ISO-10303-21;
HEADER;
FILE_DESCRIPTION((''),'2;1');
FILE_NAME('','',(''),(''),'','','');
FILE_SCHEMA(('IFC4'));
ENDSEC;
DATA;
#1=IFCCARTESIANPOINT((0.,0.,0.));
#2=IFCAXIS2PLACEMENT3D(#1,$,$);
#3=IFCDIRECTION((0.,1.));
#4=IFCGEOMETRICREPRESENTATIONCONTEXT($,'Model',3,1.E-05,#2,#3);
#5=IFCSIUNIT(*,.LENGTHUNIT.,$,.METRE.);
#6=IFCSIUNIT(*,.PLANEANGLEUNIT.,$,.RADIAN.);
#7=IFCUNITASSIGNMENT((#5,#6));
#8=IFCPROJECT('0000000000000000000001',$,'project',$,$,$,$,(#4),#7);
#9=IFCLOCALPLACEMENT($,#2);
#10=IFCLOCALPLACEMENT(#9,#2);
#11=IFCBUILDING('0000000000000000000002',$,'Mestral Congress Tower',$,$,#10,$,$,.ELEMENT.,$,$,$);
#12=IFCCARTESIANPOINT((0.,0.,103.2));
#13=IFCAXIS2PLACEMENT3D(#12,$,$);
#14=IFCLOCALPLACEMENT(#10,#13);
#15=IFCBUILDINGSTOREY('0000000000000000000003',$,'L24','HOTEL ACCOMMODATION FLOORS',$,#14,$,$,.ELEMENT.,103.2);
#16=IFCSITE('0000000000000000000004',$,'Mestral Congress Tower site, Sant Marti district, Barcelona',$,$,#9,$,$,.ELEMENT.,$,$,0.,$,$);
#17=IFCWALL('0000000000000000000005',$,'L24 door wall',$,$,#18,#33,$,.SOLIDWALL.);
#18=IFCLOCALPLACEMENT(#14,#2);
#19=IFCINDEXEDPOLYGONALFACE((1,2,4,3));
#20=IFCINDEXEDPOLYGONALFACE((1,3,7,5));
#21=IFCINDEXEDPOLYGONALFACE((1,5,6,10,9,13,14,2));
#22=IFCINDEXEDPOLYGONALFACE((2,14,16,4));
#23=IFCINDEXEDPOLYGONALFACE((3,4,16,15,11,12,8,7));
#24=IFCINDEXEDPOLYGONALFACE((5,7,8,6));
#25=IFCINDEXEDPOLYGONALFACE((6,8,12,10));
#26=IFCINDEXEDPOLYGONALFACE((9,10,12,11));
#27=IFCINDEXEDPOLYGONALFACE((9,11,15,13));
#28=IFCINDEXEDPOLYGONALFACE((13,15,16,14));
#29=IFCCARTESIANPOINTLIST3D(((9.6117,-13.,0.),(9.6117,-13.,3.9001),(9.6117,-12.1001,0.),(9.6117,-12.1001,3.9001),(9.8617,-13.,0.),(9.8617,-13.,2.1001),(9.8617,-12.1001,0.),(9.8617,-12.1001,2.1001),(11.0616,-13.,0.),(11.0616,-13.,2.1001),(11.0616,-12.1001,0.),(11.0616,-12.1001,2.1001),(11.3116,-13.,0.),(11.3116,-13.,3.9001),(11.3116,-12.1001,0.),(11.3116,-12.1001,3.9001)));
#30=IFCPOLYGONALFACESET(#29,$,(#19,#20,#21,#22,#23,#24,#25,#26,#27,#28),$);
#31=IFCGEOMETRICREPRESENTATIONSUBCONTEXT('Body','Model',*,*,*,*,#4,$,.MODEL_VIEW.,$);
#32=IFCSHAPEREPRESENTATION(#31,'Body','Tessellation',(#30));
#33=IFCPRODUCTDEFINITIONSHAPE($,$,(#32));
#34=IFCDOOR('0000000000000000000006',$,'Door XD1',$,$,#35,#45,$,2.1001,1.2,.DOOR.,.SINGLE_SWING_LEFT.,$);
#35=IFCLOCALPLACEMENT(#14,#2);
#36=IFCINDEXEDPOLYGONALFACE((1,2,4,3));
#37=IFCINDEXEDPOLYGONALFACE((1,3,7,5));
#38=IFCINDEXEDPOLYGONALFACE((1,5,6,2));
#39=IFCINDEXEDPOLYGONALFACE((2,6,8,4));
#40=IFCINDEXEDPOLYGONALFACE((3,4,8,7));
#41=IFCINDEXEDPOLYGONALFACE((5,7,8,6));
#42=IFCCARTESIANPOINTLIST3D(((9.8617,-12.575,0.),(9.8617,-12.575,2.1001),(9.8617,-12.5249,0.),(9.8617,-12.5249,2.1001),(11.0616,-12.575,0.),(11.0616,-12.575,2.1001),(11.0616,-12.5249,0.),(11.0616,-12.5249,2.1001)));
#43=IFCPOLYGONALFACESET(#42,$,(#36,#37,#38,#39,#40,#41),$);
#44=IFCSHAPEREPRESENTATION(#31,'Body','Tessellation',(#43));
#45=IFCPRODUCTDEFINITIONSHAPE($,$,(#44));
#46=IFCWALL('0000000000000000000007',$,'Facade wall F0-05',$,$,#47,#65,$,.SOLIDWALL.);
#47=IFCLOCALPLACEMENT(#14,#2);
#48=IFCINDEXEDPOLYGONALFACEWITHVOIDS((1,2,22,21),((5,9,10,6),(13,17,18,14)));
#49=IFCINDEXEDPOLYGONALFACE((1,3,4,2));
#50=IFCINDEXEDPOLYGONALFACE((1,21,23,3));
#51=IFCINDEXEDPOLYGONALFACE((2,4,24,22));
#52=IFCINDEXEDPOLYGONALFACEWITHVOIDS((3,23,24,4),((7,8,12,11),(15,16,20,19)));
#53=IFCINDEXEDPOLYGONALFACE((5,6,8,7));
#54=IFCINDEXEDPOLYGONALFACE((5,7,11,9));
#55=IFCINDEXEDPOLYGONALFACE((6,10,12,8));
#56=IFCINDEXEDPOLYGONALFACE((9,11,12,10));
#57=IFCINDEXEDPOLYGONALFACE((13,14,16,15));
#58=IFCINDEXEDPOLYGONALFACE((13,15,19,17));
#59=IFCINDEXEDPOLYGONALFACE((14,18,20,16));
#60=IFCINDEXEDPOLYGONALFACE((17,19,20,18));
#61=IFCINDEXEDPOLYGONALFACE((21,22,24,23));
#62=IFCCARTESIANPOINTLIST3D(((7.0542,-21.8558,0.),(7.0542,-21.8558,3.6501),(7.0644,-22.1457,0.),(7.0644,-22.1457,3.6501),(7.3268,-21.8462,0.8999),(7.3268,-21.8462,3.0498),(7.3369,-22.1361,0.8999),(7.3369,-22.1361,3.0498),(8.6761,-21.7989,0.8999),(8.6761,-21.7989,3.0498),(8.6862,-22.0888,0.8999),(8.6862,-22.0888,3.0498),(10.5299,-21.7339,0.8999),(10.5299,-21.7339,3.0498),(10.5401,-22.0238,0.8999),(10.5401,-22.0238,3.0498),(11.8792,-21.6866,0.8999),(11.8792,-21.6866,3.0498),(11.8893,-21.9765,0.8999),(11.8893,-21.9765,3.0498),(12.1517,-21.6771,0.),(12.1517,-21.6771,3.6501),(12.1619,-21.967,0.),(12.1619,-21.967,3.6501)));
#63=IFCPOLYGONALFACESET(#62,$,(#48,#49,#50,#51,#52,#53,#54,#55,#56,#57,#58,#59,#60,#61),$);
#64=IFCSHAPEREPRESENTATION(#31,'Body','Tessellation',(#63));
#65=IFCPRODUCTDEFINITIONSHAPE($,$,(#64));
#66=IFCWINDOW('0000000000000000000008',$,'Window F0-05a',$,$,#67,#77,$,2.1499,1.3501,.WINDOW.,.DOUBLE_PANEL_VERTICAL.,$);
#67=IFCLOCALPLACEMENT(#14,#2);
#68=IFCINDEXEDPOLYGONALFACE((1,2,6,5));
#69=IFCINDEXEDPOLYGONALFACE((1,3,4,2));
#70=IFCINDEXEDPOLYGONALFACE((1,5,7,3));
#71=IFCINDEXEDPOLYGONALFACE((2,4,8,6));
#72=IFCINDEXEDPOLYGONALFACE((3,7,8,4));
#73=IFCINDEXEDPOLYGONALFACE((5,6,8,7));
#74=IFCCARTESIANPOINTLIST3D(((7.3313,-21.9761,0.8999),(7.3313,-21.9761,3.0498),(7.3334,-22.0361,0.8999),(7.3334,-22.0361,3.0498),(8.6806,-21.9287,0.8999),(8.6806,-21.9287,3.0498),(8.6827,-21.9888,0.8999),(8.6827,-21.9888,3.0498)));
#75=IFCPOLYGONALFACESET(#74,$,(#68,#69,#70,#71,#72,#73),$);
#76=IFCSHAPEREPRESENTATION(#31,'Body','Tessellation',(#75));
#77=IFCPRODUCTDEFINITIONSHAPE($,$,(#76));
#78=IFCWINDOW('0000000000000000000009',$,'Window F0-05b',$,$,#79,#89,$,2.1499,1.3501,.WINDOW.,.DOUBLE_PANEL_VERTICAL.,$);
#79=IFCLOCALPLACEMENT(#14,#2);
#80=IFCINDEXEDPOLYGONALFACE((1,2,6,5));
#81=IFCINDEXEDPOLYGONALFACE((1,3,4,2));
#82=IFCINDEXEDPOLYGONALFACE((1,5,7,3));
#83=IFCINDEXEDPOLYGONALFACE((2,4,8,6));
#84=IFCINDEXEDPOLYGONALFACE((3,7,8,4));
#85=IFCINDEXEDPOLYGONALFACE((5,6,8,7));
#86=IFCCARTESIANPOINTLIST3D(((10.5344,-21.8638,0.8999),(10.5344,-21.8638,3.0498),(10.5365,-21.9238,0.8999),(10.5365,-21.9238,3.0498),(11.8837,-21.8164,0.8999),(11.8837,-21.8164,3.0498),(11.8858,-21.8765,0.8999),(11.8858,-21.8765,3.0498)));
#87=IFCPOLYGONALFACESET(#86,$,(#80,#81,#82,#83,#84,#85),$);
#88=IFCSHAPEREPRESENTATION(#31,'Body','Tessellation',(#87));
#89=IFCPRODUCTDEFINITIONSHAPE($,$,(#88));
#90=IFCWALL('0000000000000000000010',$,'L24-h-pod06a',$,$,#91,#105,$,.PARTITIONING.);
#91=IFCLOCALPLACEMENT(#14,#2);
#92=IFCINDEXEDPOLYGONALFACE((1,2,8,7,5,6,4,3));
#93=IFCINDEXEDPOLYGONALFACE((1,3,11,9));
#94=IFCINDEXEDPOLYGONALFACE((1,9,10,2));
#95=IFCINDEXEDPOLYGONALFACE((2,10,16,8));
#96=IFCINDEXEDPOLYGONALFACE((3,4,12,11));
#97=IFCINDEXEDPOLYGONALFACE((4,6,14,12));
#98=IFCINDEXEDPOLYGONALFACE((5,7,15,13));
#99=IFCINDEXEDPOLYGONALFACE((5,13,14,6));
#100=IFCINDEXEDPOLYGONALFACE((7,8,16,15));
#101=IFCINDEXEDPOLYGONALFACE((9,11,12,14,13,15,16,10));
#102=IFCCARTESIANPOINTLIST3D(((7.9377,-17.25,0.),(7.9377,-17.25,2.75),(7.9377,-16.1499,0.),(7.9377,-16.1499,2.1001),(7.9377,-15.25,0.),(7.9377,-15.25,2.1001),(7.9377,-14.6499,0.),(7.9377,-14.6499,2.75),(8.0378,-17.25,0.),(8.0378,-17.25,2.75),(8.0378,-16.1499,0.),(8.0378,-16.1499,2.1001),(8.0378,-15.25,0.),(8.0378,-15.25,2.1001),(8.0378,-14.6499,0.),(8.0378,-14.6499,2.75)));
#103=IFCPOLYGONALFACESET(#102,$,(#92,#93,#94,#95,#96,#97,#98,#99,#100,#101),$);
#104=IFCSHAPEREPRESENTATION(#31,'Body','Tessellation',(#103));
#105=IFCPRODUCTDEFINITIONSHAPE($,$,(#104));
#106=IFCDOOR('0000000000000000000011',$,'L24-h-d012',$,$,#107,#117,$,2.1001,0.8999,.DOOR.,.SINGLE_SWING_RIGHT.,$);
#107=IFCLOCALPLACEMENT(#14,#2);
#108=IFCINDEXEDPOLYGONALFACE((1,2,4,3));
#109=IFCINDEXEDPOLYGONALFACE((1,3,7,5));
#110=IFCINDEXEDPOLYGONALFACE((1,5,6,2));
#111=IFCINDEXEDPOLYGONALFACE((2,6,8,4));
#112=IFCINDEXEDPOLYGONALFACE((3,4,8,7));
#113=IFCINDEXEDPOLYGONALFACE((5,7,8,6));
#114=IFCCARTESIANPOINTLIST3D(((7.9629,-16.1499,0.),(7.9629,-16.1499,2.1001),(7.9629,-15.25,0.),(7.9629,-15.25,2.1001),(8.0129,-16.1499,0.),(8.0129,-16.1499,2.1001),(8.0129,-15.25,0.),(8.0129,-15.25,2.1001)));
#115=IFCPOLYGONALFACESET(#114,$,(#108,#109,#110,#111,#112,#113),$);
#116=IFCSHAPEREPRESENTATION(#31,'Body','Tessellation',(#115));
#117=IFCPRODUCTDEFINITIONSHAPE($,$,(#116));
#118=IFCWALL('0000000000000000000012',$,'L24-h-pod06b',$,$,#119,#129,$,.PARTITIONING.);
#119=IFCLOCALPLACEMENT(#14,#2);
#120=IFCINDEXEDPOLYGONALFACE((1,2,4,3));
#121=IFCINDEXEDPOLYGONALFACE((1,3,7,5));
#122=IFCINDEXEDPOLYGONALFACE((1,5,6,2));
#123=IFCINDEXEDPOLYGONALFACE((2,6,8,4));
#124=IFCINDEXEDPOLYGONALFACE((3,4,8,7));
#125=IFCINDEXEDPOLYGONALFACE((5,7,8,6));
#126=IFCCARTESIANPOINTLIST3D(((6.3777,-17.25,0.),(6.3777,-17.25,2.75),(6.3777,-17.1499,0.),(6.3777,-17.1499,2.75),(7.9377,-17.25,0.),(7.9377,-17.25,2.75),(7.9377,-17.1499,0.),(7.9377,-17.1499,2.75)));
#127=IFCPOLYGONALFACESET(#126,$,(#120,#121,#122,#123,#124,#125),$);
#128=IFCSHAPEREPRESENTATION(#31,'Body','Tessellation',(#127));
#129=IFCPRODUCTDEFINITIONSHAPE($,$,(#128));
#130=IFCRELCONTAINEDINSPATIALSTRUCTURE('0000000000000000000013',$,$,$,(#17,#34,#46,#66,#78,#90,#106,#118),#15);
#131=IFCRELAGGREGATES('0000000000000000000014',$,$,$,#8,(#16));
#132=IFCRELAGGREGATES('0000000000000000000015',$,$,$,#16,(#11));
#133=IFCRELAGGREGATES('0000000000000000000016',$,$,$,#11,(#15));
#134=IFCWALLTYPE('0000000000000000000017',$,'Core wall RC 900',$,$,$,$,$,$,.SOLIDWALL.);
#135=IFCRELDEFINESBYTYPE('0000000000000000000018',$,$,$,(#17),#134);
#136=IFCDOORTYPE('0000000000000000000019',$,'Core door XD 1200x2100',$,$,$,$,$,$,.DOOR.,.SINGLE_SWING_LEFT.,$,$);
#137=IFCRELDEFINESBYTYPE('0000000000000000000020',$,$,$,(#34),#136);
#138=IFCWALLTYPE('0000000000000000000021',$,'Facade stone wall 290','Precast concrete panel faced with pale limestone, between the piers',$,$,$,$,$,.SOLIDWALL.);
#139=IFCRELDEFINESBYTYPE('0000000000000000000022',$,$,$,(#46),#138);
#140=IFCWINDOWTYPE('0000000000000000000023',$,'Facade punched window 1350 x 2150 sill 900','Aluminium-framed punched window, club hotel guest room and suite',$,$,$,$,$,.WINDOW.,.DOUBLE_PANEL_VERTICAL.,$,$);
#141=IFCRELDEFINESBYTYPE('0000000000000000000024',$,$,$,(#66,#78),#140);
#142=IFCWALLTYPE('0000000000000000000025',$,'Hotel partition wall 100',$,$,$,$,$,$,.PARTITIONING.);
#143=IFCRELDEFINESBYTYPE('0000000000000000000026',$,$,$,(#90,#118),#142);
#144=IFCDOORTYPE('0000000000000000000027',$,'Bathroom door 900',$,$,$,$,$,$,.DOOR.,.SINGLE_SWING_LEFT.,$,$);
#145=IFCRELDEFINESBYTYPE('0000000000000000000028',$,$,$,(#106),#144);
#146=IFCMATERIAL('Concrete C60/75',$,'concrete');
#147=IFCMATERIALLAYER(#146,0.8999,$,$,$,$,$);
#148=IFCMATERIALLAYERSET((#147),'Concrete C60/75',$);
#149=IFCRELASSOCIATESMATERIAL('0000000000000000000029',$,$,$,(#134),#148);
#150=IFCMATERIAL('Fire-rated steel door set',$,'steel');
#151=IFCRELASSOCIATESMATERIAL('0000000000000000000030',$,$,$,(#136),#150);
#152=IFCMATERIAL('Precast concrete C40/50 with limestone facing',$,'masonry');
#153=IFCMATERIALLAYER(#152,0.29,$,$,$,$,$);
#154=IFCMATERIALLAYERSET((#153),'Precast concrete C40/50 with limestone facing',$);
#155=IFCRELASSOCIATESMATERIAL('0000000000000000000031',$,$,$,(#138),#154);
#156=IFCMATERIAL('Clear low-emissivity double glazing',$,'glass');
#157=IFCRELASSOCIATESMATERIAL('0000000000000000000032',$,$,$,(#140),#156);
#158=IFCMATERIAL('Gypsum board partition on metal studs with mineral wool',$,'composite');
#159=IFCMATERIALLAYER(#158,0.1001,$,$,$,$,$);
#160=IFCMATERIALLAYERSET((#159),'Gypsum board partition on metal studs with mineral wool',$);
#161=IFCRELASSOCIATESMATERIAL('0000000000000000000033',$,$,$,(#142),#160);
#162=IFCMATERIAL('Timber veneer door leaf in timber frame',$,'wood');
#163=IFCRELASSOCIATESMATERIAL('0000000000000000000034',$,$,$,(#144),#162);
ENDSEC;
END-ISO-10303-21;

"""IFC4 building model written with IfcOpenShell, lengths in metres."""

from ifc_helpers import new_model, si_unit, direction, frame, frame_2d, origin, place, context, subcontext, project, spatial, rectangle, extrude, material, layer, layer_set, type_object, element, fill, save


model = new_model("IFC4")

# Units and contexts
model_context = context("Model", 3, precision=1e-05, world=origin(), true_north=direction((0.0, 1.0)))
body_context = subcontext(model_context, "Body", "Model", "MODEL_VIEW")
ifc_project = project(units=[si_unit("LENGTHUNIT", "METRE"), si_unit("PLANEANGLEUNIT", "RADIAN")], contexts=[model_context])

# Site, building, storey
site_placement = place(None, origin())
site = spatial("IfcSite", under=ifc_project, at=site_placement, Name="Mestral Congress Tower site, Sant Marti district, Barcelona", CompositionType="ELEMENT", RefElevation=0.0)
building_placement = place(site_placement, origin())
building = spatial("IfcBuilding", under=site, at=building_placement, Name="Mestral Congress Tower", CompositionType="ELEMENT")
storey_placement = place(building_placement, frame((0.0, 0.0, 103.2)))
storey = spatial("IfcBuildingStorey", under=building, at=storey_placement, Name="L24", Description="HOTEL ACCOMMODATION FLOORS", CompositionType="ELEMENT", Elevation=103.2)

# Shared definitions
ifc_material_1 = material(Name="Concrete C60/75", Category="concrete")
ifc_layer_1 = layer(ifc_material_1, 0.8999)
ifc_layer_set_1 = layer_set([ifc_layer_1], Name="Concrete C60/75")
wall_type_1 = type_object("IfcWallType", Name="Core wall RC 900", PredefinedType="SOLIDWALL", material=ifc_layer_set_1)

# Wall, opening, door
wall_1_placement = place(storey_placement, frame((11.3118, -12.55, 0.0), z_axis=(0.0, 0.0, 1.0), x_axis=(-1.0, 0.0, 0.0)))
wall_1 = element("IfcWall", 1, at=wall_1_placement, inside=storey, type_object=wall_type_1, Name="L24 door wall", PredefinedType="SOLIDWALL", context=body_context, shape_type="SweptSolid", body=[
    extrude(rectangle(XDim=1.7, YDim=0.8999, at=frame_2d((0.8501, 0.0))), origin(), (0.0, 0.0, 1.0), 3.9001),
])
opening_1_placement = place(wall_1_placement, frame((0.25, 0.0, 0.0)))
opening_1 = element("IfcOpeningElement", 2, at=opening_1_placement, cuts=wall_1, PredefinedType="OPENING", context=body_context, shape_type="SweptSolid", body=[
    extrude(rectangle(XDim=1.2, YDim=2.1001, at=frame_2d((0.6001, 1.05))), frame((0.0, 0.46, 0.0), z_axis=(0.0, -1.0, 0.0), x_axis=(1.0, 0.0, 0.0)), (0.0, 0.0, 1.0), 0.9199),
])
ifc_material_2 = material(Name="Fire-rated steel door set", Category="steel")
door_type_1 = type_object("IfcDoorType", Name="Core door XD 1200x2100", OperationType="SINGLE_SWING_LEFT", PredefinedType="DOOR", material=ifc_material_2)
door_1_placement = place(opening_1_placement, origin())
door_1 = element("IfcDoor", 3, at=door_1_placement, inside=storey, type_object=door_type_1, Name="Door XD1", OperationType="SINGLE_SWING_LEFT", OverallHeight=2.1001, OverallWidth=1.2, PredefinedType="DOOR", context=body_context, shape_type="SweptSolid", body=[
    extrude(rectangle(XDim=1.2, YDim=2.1001, at=frame_2d((0.6001, 1.05))), frame((0.0, 0.0249, 0.0), z_axis=(0.0, -1.0, 0.0), x_axis=(1.0, 0.0, 0.0)), (0.0, 0.0, 1.0), 0.05),
])
fill(opening_1, door_1)

# Wall, openings, windows
ifc_material_3 = material(Name="Precast concrete C40/50 with limestone facing", Category="masonry")
ifc_layer_2 = layer(ifc_material_3, 0.29)
ifc_layer_set_2 = layer_set([ifc_layer_2], Name="Precast concrete C40/50 with limestone facing")
wall_type_2 = type_object("IfcWallType", Name="Facade stone wall 290", Description="Precast concrete panel faced with pale limestone, between the piers", PredefinedType="SOLIDWALL", material=ifc_layer_set_2)
wall_2_placement = place(storey_placement, frame((7.0593, -22.0007, 0.0), z_axis=(0.0, 0.0, 1.0), x_axis=(0.999386, 0.035038, 0.0)))
wall_2 = element("IfcWall", 4, at=wall_2_placement, inside=storey, type_object=wall_type_2, Name="Facade wall F0-05", PredefinedType="SOLIDWALL", context=body_context, shape_type="SweptSolid", body=[
    extrude(rectangle(XDim=5.1006, YDim=0.29, at=frame_2d((2.5503, 0.0))), origin(), (0.0, 0.0, 1.0), 3.6501),
])
opening_2_placement = place(wall_2_placement, frame((0.2727, 0.0, 0.8999)))
opening_2 = element("IfcOpeningElement", 5, at=opening_2_placement, cuts=wall_2, PredefinedType="OPENING", context=body_context, shape_type="SweptSolid", body=[
    extrude(rectangle(XDim=1.3501, YDim=2.1499, at=frame_2d((0.675, 1.075))), frame((0.0, 0.155, 0.0), z_axis=(0.0, -1.0, 0.0), x_axis=(1.0, 0.0, 0.0)), (0.0, 0.0, 1.0), 0.3101),
])
opening_3_placement = place(wall_2_placement, frame((3.4778, 0.0, 0.8999)))
opening_3 = element("IfcOpeningElement", 6, at=opening_3_placement, cuts=wall_2, PredefinedType="OPENING", context=body_context, shape_type="SweptSolid", body=[
    extrude(rectangle(XDim=1.3501, YDim=2.1499, at=frame_2d((0.675, 1.075))), frame((0.0, 0.155, 0.0), z_axis=(0.0, -1.0, 0.0), x_axis=(1.0, 0.0, 0.0)), (0.0, 0.0, 1.0), 0.3101),
])
ifc_material_4 = material(Name="Clear low-emissivity double glazing", Category="glass")
window_type = type_object("IfcWindowType", Name="Facade punched window 1350 x 2150 sill 900", Description="Aluminium-framed punched window, club hotel guest room and suite", PartitioningType="DOUBLE_PANEL_VERTICAL", PredefinedType="WINDOW", material=ifc_material_4)
window_1_placement = place(opening_2_placement, origin())
window_1 = element("IfcWindow", 7, at=window_1_placement, inside=storey, type_object=window_type, Name="Window F0-05a", OverallHeight=2.1499, OverallWidth=1.3501, PartitioningType="DOUBLE_PANEL_VERTICAL", PredefinedType="WINDOW", context=body_context, shape_type="SweptSolid", body=[
    extrude(rectangle(XDim=1.3501, YDim=2.1499, at=frame_2d((0.675, 1.075))), frame((0.0, 0.0151, 0.0), z_axis=(0.0, -1.0, 0.0), x_axis=(1.0, 0.0, 0.0)), (0.0, 0.0, 1.0), 0.0601),
])
fill(opening_2, window_1)
window_2_placement = place(opening_3_placement, origin())
window_2 = element("IfcWindow", 8, at=window_2_placement, inside=storey, type_object=window_type, Name="Window F0-05b", OverallHeight=2.1499, OverallWidth=1.3501, PartitioningType="DOUBLE_PANEL_VERTICAL", PredefinedType="WINDOW", context=body_context, shape_type="SweptSolid", body=[
    extrude(rectangle(XDim=1.3501, YDim=2.1499, at=frame_2d((0.675, 1.075))), frame((0.0, 0.0151, 0.0), z_axis=(0.0, -1.0, 0.0), x_axis=(1.0, 0.0, 0.0)), (0.0, 0.0, 1.0), 0.0601),
])
fill(opening_3, window_2)

# Wall, opening, door
ifc_material_5 = material(Name="Gypsum board partition on metal studs with mineral wool", Category="composite")
ifc_layer_3 = layer(ifc_material_5, 0.1001)
ifc_layer_set_3 = layer_set([ifc_layer_3], Name="Gypsum board partition on metal studs with mineral wool")
wall_type_3 = type_object("IfcWallType", Name="Hotel partition wall 100", PredefinedType="PARTITIONING", material=ifc_layer_set_3)
wall_3_placement = place(storey_placement, frame((7.9878, -17.25, 0.0), z_axis=(0.0, 0.0, 1.0), x_axis=(0.0, 1.0, 0.0)))
wall_3 = element("IfcWall", 9, at=wall_3_placement, inside=storey, type_object=wall_type_3, Name="L24-h-pod06a", PredefinedType="PARTITIONING", context=body_context, shape_type="SweptSolid", body=[
    extrude(rectangle(XDim=2.6001, YDim=0.1001, at=frame_2d((1.3, 0.0))), origin(), (0.0, 0.0, 1.0), 2.75),
])
opening_4_placement = place(wall_3_placement, frame((1.1001, 0.0, 0.0)))
opening_4 = element("IfcOpeningElement", 10, at=opening_4_placement, cuts=wall_3, PredefinedType="OPENING", context=body_context, shape_type="SweptSolid", body=[
    extrude(rectangle(XDim=0.8999, YDim=2.1001, at=frame_2d((0.45, 1.05))), frame((0.0, 0.0601, 0.0), z_axis=(0.0, -1.0, 0.0), x_axis=(1.0, 0.0, 0.0)), (0.0, 0.0, 1.0), 0.1201),
])
ifc_material_6 = material(Name="Timber veneer door leaf in timber frame", Category="wood")
door_type_2 = type_object("IfcDoorType", Name="Bathroom door 900", OperationType="SINGLE_SWING_LEFT", PredefinedType="DOOR", material=ifc_material_6)
door_2_placement = place(opening_4_placement, origin())
door_2 = element("IfcDoor", 11, at=door_2_placement, inside=storey, type_object=door_type_2, Name="L24-h-d012", OperationType="SINGLE_SWING_RIGHT", OverallHeight=2.1001, OverallWidth=0.8999, PredefinedType="DOOR", context=body_context, shape_type="SweptSolid", body=[
    extrude(rectangle(XDim=0.8999, YDim=2.1001, at=frame_2d((0.45, 1.05))), frame((0.0, 0.0249, 0.0), z_axis=(0.0, -1.0, 0.0), x_axis=(1.0, 0.0, 0.0)), (0.0, 0.0, 1.0), 0.05),
])
fill(opening_4, door_2)

# Wall
wall_4_placement = place(storey_placement, frame((7.9377, -17.2, 0.0), z_axis=(0.0, 0.0, 1.0), x_axis=(-1.0, 0.0, 0.0)))
element("IfcWall", 12, at=wall_4_placement, inside=storey, type_object=wall_type_3, Name="L24-h-pod06b", PredefinedType="PARTITIONING", context=body_context, shape_type="SweptSolid", body=[
    extrude(rectangle(XDim=1.5601, YDim=0.1001, at=frame_2d((0.78, 0.0))), origin(), (0.0, 0.0, 1.0), 2.75),
])

save(model, "model.ifc")
